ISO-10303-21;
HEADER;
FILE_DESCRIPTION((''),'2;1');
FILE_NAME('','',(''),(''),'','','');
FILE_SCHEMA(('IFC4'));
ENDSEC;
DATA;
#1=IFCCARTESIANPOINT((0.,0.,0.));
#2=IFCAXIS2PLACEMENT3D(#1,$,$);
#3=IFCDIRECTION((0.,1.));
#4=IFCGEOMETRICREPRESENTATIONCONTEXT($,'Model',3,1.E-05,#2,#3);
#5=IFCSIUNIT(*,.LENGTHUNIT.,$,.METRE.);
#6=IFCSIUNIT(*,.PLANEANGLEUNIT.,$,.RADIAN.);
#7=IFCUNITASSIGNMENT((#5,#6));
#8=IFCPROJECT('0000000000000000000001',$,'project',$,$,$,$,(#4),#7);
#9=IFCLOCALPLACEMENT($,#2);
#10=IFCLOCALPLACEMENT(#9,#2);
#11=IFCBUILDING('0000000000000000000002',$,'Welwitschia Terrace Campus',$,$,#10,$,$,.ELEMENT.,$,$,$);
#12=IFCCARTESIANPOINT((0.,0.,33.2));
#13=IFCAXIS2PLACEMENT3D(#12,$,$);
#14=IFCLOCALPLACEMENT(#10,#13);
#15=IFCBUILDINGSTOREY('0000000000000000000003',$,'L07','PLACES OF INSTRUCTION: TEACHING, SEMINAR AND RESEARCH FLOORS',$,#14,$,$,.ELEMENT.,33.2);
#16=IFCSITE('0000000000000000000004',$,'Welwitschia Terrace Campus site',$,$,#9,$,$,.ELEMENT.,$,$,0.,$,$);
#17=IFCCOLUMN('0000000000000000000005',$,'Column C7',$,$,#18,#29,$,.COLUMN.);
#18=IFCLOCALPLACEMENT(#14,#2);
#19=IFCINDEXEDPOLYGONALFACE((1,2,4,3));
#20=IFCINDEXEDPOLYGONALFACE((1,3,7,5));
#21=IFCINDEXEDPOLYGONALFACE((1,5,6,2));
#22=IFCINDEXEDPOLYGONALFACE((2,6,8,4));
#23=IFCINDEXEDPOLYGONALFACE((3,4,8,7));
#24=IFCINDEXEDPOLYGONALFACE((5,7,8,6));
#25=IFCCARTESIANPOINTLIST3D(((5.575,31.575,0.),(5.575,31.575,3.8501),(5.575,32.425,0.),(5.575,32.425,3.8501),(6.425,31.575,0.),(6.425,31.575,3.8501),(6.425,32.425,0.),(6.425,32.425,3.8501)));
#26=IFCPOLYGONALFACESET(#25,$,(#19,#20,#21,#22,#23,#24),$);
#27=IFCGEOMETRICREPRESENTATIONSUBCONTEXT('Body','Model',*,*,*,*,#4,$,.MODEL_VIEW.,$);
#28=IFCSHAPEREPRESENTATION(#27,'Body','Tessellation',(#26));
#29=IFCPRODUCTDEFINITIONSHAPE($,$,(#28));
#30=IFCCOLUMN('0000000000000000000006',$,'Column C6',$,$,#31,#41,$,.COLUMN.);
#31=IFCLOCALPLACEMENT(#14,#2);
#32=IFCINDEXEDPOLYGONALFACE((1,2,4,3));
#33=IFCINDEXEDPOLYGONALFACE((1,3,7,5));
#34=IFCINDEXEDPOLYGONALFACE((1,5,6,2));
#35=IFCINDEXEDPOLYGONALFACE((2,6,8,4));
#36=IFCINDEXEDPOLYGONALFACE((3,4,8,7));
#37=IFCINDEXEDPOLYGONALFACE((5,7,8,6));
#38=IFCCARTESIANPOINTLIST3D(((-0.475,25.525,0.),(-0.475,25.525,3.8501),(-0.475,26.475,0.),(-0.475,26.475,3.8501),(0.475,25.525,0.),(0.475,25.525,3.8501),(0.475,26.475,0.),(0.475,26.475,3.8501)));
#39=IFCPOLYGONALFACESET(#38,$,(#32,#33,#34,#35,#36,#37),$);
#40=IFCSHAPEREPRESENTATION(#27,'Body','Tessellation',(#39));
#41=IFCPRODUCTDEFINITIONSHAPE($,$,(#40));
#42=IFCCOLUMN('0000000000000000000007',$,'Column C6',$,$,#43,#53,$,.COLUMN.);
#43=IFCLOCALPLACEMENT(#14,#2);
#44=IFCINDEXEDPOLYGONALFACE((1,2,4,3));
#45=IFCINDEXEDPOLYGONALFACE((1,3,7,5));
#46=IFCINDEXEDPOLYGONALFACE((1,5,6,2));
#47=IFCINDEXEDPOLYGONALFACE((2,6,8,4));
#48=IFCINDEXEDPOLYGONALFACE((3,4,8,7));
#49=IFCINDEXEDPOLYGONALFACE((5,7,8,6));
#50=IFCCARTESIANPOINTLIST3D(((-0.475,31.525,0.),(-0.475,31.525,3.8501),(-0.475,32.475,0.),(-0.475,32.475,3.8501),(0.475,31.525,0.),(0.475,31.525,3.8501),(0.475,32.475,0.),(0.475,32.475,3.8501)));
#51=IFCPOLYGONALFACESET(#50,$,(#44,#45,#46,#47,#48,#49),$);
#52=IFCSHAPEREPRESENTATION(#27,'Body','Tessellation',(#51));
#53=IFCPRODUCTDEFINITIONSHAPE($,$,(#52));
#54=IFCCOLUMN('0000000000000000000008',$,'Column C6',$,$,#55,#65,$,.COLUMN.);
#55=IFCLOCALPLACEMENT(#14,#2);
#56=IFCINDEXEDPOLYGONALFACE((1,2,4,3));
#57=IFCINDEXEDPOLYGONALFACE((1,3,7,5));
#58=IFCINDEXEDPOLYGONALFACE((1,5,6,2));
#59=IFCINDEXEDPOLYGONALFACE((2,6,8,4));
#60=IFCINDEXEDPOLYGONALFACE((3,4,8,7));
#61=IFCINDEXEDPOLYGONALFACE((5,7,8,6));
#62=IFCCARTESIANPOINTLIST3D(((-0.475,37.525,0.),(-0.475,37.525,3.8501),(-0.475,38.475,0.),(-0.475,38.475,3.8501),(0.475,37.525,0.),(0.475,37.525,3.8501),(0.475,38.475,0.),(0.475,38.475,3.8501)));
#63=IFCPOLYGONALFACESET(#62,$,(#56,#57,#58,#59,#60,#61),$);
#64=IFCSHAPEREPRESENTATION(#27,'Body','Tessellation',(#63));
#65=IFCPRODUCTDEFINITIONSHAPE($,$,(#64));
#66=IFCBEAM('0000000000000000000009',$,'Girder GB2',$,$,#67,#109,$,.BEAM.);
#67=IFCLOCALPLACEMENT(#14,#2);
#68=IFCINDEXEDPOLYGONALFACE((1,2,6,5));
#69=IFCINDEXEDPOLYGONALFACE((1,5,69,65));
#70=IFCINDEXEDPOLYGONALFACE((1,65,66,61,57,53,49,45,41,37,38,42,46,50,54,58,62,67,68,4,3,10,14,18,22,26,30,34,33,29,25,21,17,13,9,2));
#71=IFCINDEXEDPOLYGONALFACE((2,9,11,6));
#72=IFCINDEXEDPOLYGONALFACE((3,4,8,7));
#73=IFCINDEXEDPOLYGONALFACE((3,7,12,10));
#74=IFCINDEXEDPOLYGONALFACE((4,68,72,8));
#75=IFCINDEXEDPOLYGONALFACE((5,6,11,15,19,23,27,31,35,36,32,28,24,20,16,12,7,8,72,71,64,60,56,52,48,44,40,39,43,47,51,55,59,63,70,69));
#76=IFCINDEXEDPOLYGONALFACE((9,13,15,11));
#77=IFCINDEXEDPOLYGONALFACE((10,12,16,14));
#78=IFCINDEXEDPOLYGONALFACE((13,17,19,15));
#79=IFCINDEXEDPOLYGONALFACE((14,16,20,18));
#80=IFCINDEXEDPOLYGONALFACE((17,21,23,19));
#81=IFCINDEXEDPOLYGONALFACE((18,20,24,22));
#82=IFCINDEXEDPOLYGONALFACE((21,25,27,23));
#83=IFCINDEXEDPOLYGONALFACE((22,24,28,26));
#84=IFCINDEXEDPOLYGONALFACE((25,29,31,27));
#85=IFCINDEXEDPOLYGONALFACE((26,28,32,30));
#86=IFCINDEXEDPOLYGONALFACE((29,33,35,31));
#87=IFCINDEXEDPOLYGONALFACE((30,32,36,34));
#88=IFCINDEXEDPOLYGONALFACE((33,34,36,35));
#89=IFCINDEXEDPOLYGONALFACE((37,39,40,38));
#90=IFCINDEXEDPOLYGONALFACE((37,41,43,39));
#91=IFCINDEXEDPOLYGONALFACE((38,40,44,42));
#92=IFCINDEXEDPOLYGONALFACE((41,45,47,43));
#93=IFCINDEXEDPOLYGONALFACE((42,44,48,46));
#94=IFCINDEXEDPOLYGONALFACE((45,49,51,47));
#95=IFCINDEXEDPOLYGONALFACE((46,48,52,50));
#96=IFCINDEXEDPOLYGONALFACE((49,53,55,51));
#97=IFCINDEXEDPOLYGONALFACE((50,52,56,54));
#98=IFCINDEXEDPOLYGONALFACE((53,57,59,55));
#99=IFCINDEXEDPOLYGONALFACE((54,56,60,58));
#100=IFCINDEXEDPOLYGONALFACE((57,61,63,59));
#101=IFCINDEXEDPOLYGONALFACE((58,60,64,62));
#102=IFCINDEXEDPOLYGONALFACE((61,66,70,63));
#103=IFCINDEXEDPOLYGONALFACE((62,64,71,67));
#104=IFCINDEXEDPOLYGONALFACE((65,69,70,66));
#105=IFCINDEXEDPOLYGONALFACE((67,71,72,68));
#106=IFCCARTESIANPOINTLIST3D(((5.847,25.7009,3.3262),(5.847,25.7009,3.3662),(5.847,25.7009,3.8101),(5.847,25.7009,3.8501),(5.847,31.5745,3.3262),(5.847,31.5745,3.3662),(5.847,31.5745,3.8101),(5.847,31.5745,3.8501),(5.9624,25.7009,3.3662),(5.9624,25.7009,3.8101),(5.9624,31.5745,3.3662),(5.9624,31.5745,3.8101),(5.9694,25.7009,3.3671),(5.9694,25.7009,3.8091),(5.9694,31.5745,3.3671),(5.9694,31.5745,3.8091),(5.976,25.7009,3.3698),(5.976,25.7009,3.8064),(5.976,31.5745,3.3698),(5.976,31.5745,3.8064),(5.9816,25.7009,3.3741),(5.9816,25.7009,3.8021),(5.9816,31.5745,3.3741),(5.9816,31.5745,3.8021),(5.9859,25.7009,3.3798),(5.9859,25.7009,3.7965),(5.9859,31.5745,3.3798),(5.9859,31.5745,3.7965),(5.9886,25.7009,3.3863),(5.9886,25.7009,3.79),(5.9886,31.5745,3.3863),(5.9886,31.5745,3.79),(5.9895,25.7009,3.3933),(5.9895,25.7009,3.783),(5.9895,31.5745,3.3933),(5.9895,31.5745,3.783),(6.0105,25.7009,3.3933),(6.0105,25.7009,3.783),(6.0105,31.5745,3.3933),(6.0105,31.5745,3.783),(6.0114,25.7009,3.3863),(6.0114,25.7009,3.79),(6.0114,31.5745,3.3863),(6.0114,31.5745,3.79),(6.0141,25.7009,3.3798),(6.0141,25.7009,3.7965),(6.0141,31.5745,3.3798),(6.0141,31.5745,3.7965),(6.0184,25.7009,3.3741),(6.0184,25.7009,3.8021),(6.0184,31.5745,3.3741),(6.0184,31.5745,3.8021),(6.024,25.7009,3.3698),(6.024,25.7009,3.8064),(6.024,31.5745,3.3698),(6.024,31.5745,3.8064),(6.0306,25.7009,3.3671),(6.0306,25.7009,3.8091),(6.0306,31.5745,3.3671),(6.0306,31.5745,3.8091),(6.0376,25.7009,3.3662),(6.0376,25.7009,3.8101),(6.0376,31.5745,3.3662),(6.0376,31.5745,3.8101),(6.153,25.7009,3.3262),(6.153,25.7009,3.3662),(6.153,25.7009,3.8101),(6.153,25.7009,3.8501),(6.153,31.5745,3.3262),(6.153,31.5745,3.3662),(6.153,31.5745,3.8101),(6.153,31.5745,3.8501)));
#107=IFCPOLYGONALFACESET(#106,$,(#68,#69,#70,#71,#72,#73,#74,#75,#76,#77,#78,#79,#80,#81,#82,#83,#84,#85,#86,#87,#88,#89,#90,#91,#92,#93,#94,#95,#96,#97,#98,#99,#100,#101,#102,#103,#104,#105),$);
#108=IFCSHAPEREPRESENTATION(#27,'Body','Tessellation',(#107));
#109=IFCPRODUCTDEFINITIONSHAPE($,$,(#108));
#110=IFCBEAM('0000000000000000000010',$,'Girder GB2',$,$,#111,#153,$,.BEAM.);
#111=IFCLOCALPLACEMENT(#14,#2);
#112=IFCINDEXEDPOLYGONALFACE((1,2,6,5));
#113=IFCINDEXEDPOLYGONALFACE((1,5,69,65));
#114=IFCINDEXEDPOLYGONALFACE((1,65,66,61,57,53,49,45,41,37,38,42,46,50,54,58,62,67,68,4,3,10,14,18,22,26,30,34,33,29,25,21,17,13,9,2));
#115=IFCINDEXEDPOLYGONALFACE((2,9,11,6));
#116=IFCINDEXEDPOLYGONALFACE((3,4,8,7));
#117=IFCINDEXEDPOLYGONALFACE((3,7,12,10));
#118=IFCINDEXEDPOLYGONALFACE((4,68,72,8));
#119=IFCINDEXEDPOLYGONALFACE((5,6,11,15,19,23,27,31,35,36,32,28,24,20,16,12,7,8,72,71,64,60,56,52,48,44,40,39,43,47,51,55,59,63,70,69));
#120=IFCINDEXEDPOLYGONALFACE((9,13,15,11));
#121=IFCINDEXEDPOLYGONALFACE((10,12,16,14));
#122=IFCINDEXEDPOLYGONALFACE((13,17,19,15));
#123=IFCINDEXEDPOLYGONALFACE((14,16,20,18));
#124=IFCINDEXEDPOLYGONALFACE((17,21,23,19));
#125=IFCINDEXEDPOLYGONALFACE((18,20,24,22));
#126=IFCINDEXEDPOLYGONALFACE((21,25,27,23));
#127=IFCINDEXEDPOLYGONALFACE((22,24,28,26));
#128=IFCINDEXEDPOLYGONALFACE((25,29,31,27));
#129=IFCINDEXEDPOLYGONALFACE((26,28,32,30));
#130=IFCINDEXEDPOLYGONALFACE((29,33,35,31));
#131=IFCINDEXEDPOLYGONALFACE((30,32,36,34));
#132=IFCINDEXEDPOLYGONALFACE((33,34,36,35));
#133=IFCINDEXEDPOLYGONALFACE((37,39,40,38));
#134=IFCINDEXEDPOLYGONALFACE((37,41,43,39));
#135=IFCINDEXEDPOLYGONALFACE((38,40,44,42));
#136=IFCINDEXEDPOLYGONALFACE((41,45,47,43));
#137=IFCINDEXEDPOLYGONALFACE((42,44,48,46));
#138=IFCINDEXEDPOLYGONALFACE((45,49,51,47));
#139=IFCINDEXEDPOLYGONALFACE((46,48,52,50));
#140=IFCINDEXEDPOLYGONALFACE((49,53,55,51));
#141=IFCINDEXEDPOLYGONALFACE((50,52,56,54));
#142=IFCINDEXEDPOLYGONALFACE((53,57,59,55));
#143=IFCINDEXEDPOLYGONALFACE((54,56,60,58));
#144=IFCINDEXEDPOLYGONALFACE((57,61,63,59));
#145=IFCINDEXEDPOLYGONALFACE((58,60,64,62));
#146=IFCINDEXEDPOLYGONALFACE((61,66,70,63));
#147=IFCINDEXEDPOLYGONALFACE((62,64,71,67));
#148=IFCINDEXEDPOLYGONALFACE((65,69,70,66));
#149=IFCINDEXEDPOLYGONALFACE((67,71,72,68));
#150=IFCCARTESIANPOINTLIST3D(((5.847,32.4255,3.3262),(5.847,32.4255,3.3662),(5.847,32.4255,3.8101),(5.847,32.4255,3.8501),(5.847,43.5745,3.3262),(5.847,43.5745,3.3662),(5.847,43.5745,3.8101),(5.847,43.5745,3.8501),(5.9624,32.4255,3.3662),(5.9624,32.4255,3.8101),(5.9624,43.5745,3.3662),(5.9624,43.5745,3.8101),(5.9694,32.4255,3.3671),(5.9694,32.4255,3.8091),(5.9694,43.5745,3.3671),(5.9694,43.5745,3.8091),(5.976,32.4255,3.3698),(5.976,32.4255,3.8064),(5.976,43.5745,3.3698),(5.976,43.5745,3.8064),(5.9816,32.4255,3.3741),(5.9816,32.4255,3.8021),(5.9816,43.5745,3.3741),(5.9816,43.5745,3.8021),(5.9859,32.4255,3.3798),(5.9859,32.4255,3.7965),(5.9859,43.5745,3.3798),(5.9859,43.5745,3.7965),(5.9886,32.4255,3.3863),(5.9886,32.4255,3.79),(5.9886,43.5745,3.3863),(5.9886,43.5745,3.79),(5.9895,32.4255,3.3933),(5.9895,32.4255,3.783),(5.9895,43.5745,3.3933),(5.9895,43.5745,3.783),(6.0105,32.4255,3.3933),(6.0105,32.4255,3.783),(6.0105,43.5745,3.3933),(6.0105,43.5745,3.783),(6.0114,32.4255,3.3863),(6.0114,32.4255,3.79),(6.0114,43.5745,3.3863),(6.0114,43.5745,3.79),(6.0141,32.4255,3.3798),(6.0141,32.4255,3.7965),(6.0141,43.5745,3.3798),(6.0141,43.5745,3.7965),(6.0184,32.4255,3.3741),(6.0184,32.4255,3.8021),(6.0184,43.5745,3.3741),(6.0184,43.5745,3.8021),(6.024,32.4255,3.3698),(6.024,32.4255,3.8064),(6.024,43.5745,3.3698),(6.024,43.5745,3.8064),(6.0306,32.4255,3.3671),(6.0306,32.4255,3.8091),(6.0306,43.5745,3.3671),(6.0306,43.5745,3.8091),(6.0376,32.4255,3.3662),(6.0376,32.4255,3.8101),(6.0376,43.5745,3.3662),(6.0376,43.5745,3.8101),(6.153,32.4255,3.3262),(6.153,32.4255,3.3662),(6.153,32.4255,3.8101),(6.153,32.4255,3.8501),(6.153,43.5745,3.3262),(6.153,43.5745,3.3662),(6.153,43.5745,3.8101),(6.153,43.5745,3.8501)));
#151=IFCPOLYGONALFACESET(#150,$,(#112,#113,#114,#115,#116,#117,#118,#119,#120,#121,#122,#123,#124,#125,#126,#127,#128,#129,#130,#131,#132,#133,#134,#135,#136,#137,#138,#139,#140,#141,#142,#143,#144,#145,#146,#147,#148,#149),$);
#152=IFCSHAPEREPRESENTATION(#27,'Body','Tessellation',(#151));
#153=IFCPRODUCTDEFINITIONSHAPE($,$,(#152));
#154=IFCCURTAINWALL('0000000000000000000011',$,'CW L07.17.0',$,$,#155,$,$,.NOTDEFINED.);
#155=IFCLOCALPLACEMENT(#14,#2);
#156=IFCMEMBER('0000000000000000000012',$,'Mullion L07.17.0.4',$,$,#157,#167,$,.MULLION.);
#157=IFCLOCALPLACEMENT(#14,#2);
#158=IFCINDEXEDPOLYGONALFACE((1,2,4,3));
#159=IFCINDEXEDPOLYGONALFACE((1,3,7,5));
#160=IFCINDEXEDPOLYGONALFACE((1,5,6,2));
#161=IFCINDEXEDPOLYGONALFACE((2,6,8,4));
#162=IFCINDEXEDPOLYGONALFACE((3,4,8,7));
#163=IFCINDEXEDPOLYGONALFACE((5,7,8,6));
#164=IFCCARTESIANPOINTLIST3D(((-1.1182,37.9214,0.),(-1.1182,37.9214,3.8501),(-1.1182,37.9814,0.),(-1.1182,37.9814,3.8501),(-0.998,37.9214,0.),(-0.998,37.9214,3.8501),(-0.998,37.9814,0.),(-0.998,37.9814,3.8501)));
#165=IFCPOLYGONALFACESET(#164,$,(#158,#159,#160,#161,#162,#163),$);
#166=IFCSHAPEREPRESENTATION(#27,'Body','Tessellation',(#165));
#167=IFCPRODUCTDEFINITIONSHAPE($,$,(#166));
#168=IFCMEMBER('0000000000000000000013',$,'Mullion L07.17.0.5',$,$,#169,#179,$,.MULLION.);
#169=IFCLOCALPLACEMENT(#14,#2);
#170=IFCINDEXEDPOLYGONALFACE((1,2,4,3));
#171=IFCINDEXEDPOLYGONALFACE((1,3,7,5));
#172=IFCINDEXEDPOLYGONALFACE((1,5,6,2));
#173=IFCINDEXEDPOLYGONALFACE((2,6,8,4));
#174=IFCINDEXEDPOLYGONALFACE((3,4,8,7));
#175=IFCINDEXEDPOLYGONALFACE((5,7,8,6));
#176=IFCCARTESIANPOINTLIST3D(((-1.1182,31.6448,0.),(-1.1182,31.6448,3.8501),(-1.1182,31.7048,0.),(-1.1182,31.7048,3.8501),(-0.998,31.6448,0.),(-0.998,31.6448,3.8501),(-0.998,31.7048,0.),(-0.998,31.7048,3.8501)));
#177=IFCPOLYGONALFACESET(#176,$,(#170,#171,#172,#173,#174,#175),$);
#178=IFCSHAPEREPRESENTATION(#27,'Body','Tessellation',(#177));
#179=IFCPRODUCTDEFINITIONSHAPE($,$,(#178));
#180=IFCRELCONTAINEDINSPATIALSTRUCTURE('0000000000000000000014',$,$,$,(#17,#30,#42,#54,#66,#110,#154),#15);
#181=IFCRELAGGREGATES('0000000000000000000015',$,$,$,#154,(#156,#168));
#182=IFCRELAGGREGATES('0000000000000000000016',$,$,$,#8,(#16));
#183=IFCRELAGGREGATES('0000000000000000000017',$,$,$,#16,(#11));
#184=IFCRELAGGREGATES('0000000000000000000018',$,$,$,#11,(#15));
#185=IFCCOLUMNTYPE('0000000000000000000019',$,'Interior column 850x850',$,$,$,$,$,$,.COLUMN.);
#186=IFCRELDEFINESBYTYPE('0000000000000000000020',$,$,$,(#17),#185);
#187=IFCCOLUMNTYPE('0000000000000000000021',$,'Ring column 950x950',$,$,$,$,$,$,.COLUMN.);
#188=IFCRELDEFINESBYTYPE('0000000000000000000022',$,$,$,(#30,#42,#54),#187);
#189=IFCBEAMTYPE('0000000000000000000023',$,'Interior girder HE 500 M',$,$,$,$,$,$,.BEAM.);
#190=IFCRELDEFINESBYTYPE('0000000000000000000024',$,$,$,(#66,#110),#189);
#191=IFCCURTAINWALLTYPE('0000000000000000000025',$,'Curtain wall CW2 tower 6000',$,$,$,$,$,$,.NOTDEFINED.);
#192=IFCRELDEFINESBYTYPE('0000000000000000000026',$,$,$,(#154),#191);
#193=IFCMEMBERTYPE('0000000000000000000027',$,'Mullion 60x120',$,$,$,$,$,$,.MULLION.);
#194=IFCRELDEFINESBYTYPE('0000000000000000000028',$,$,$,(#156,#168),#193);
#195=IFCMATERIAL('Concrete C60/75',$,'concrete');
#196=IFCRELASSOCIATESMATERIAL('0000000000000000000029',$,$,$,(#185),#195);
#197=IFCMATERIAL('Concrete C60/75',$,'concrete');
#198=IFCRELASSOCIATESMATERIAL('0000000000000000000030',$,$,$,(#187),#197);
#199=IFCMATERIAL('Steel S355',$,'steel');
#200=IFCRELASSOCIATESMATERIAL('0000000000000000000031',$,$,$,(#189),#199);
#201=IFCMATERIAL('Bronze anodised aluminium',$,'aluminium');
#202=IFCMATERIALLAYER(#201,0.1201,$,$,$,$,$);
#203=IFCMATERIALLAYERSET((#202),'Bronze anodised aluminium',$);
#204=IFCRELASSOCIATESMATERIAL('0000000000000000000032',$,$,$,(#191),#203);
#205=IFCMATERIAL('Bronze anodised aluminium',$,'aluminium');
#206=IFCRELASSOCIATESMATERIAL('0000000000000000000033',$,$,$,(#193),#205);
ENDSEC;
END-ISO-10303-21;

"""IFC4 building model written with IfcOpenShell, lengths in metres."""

from ifc_helpers import new_model, si_unit, direction, frame, origin, origin_2d, place, context, subcontext, project, spatial, rectangle, i_section, extrude, material, layer, layer_set, material_profile, profile_set, type_object, element, aggregate, save


model = new_model("IFC4")

# Units and contexts
model_context = context("Model", 3, precision=1e-05, world=origin(), true_north=direction((0.0, 1.0)))
body_context = subcontext(model_context, "Body", "Model", "MODEL_VIEW")
ifc_project = project(units=[si_unit("LENGTHUNIT", "METRE"), si_unit("PLANEANGLEUNIT", "RADIAN")], contexts=[model_context])

# Site, building, storey
site_placement = place(None, origin())
site = spatial("IfcSite", under=ifc_project, at=site_placement, Name="Welwitschia Terrace Campus site", CompositionType="ELEMENT", RefElevation=0.0)
building_placement = place(site_placement, origin())
building = spatial("IfcBuilding", under=site, at=building_placement, Name="Welwitschia Terrace Campus", CompositionType="ELEMENT")
storey_placement = place(building_placement, frame((0.0, 0.0, 33.2)))
storey = spatial("IfcBuildingStorey", under=building, at=storey_placement, Name="L07", Description="PLACES OF INSTRUCTION: TEACHING, SEMINAR AND RESEARCH FLOORS", CompositionType="ELEMENT", Elevation=33.2)

# Columns
ifc_material_1 = material(Name="Concrete C60/75", Category="concrete")
ifc_material_profile_1 = material_profile(ifc_material_1, rectangle(XDim=0.8501, YDim=0.8501, at=origin_2d()))
ifc_profile_set_1 = profile_set([ifc_material_profile_1], Name="Concrete C60/75")
column_type_1 = type_object("IfcColumnType", Name="Interior column 850x850", PredefinedType="COLUMN", material=ifc_profile_set_1)
column_placement = place(storey_placement, frame((6.0, 32.0, 0.0), z_axis=(0.0, 0.0, 1.0), x_axis=(1.0, 0.0, 0.0)))
element("IfcColumn", 1, at=column_placement, inside=storey, type_object=column_type_1, Name="Column C7", PredefinedType="COLUMN", context=body_context, shape_type="SweptSolid", body=[
    extrude(rectangle(XDim=0.8501, YDim=0.8501, at=origin_2d()), origin(), (0.0, 0.0, 1.0), 3.8501),
])
ifc_material_2 = material(Name="Concrete C60/75", Category="concrete")
ifc_material_profile_2 = material_profile(ifc_material_2, rectangle(XDim=0.95, YDim=0.95, at=origin_2d()))
ifc_profile_set_2 = profile_set([ifc_material_profile_2], Name="Concrete C60/75")
column_type_2 = type_object("IfcColumnType", Name="Ring column 950x950", PredefinedType="COLUMN", material=ifc_profile_set_2)
for number, where, z_axis, x_axis, name in (
    (2, (0.0, 26.0, 0.0), (0.0, 0.0, 1.0), (1.0, 0.0, 0.0), "Column C6"),
    (3, (0.0, 32.0, 0.0), (0.0, 0.0, 1.0), (1.0, 0.0, 0.0), "Column C6"),
    (4, (0.0, 38.0, 0.0), (0.0, 0.0, 1.0), (1.0, 0.0, 0.0), "Column C6"),
):
    element("IfcColumn", number, at=place(storey_placement, frame(where, z_axis=z_axis, x_axis=x_axis)), inside=storey, type_object=column_type_2, Name=name, PredefinedType="COLUMN", context=body_context, shape_type="SweptSolid", body=[
        extrude(rectangle(XDim=0.95, YDim=0.95, at=origin_2d()), origin(), (0.0, 0.0, 1.0), 3.8501),
    ])

# Beams
ifc_material_3 = material(Name="Steel S355", Category="steel")
ifc_material_profile_3 = material_profile(ifc_material_3, i_section(OverallWidth=0.3059, OverallDepth=0.5239, WebThickness=0.021, FlangeThickness=0.04, FilletRadius=0.0271, at=origin_2d()))
ifc_profile_set_3 = profile_set([ifc_material_profile_3], Name="Steel S355")
beam_type_1 = type_object("IfcBeamType", Name="Interior girder HE 500 M", PredefinedType="BEAM", material=ifc_profile_set_3)
beam_1_placement = place(storey_placement, frame((6.0, 25.7009, 3.5881), z_axis=(0.0, 1.0, 0.0), x_axis=(-1.0, 0.0, 0.0)))
element("IfcBeam", 5, at=beam_1_placement, inside=storey, type_object=beam_type_1, Name="Girder GB2", PredefinedType="BEAM", context=body_context, shape_type="SweptSolid", body=[
    extrude(i_section(OverallWidth=0.3059, OverallDepth=0.5239, WebThickness=0.021, FlangeThickness=0.04, FilletRadius=0.0271, at=origin_2d()), origin(), (0.0, 0.0, 1.0), 5.8735),
])
beam_2_placement = place(storey_placement, frame((6.0, 32.4255, 3.5881), z_axis=(0.0, 1.0, 0.0), x_axis=(-1.0, 0.0, 0.0)))
element("IfcBeam", 6, at=beam_2_placement, inside=storey, type_object=beam_type_1, Name="Girder GB2", PredefinedType="BEAM", context=body_context, shape_type="SweptSolid", body=[
    extrude(i_section(OverallWidth=0.3059, OverallDepth=0.5239, WebThickness=0.021, FlangeThickness=0.04, FilletRadius=0.0271, at=origin_2d()), origin(), (0.0, 0.0, 1.0), 11.1489),
])

# Curtain wall, members
ifc_material_4 = material(Name="Bronze anodised aluminium", Category="aluminium")
ifc_layer_1 = layer(ifc_material_4, 0.1201)
ifc_layer_set_1 = layer_set([ifc_layer_1], Name="Bronze anodised aluminium")
curtain_wall_type = type_object("IfcCurtainWallType", Name="Curtain wall CW2 tower 6000", PredefinedType="NOTDEFINED", material=ifc_layer_set_1)
curtain_wall_placement = place(storey_placement, origin())
curtain_wall = element("IfcCurtainWall", 7, at=curtain_wall_placement, inside=storey, type_object=curtain_wall_type, Name="CW L07.17.0", PredefinedType="NOTDEFINED")
ifc_material_5 = material(Name="Bronze anodised aluminium", Category="aluminium")
ifc_material_profile_4 = material_profile(ifc_material_5, rectangle(XDim=0.1201, YDim=0.0601, at=origin_2d()))
ifc_profile_set_4 = profile_set([ifc_material_profile_4], Name="Bronze anodised aluminium")
member_type = type_object("IfcMemberType", Name="Mullion 60x120", PredefinedType="MULLION", material=ifc_profile_set_4)
member_1_placement = place(storey_placement, frame((-1.0581, 37.9514, 0.0), z_axis=(0.0, 0.0, 1.0), x_axis=(1.0, 0.0, 0.0)))
member_1 = element("IfcMember", 8, at=member_1_placement, type_object=member_type, Name="Mullion L07.17.0.4", PredefinedType="MULLION", context=body_context, shape_type="SweptSolid", body=[
    extrude(rectangle(XDim=0.1201, YDim=0.0601, at=origin_2d()), origin(), (0.0, 0.0, 1.0), 3.8501),
])
member_2_placement = place(storey_placement, frame((-1.0581, 31.6748, 0.0), z_axis=(0.0, 0.0, 1.0), x_axis=(1.0, 0.0, 0.0)))
member_2 = element("IfcMember", 9, at=member_2_placement, type_object=member_type, Name="Mullion L07.17.0.5", PredefinedType="MULLION", context=body_context, shape_type="SweptSolid", body=[
    extrude(rectangle(XDim=0.1201, YDim=0.0601, at=origin_2d()), origin(), (0.0, 0.0, 1.0), 3.8501),
])

aggregate(curtain_wall, [member_1, member_2])

save(model, "model.ifc")
